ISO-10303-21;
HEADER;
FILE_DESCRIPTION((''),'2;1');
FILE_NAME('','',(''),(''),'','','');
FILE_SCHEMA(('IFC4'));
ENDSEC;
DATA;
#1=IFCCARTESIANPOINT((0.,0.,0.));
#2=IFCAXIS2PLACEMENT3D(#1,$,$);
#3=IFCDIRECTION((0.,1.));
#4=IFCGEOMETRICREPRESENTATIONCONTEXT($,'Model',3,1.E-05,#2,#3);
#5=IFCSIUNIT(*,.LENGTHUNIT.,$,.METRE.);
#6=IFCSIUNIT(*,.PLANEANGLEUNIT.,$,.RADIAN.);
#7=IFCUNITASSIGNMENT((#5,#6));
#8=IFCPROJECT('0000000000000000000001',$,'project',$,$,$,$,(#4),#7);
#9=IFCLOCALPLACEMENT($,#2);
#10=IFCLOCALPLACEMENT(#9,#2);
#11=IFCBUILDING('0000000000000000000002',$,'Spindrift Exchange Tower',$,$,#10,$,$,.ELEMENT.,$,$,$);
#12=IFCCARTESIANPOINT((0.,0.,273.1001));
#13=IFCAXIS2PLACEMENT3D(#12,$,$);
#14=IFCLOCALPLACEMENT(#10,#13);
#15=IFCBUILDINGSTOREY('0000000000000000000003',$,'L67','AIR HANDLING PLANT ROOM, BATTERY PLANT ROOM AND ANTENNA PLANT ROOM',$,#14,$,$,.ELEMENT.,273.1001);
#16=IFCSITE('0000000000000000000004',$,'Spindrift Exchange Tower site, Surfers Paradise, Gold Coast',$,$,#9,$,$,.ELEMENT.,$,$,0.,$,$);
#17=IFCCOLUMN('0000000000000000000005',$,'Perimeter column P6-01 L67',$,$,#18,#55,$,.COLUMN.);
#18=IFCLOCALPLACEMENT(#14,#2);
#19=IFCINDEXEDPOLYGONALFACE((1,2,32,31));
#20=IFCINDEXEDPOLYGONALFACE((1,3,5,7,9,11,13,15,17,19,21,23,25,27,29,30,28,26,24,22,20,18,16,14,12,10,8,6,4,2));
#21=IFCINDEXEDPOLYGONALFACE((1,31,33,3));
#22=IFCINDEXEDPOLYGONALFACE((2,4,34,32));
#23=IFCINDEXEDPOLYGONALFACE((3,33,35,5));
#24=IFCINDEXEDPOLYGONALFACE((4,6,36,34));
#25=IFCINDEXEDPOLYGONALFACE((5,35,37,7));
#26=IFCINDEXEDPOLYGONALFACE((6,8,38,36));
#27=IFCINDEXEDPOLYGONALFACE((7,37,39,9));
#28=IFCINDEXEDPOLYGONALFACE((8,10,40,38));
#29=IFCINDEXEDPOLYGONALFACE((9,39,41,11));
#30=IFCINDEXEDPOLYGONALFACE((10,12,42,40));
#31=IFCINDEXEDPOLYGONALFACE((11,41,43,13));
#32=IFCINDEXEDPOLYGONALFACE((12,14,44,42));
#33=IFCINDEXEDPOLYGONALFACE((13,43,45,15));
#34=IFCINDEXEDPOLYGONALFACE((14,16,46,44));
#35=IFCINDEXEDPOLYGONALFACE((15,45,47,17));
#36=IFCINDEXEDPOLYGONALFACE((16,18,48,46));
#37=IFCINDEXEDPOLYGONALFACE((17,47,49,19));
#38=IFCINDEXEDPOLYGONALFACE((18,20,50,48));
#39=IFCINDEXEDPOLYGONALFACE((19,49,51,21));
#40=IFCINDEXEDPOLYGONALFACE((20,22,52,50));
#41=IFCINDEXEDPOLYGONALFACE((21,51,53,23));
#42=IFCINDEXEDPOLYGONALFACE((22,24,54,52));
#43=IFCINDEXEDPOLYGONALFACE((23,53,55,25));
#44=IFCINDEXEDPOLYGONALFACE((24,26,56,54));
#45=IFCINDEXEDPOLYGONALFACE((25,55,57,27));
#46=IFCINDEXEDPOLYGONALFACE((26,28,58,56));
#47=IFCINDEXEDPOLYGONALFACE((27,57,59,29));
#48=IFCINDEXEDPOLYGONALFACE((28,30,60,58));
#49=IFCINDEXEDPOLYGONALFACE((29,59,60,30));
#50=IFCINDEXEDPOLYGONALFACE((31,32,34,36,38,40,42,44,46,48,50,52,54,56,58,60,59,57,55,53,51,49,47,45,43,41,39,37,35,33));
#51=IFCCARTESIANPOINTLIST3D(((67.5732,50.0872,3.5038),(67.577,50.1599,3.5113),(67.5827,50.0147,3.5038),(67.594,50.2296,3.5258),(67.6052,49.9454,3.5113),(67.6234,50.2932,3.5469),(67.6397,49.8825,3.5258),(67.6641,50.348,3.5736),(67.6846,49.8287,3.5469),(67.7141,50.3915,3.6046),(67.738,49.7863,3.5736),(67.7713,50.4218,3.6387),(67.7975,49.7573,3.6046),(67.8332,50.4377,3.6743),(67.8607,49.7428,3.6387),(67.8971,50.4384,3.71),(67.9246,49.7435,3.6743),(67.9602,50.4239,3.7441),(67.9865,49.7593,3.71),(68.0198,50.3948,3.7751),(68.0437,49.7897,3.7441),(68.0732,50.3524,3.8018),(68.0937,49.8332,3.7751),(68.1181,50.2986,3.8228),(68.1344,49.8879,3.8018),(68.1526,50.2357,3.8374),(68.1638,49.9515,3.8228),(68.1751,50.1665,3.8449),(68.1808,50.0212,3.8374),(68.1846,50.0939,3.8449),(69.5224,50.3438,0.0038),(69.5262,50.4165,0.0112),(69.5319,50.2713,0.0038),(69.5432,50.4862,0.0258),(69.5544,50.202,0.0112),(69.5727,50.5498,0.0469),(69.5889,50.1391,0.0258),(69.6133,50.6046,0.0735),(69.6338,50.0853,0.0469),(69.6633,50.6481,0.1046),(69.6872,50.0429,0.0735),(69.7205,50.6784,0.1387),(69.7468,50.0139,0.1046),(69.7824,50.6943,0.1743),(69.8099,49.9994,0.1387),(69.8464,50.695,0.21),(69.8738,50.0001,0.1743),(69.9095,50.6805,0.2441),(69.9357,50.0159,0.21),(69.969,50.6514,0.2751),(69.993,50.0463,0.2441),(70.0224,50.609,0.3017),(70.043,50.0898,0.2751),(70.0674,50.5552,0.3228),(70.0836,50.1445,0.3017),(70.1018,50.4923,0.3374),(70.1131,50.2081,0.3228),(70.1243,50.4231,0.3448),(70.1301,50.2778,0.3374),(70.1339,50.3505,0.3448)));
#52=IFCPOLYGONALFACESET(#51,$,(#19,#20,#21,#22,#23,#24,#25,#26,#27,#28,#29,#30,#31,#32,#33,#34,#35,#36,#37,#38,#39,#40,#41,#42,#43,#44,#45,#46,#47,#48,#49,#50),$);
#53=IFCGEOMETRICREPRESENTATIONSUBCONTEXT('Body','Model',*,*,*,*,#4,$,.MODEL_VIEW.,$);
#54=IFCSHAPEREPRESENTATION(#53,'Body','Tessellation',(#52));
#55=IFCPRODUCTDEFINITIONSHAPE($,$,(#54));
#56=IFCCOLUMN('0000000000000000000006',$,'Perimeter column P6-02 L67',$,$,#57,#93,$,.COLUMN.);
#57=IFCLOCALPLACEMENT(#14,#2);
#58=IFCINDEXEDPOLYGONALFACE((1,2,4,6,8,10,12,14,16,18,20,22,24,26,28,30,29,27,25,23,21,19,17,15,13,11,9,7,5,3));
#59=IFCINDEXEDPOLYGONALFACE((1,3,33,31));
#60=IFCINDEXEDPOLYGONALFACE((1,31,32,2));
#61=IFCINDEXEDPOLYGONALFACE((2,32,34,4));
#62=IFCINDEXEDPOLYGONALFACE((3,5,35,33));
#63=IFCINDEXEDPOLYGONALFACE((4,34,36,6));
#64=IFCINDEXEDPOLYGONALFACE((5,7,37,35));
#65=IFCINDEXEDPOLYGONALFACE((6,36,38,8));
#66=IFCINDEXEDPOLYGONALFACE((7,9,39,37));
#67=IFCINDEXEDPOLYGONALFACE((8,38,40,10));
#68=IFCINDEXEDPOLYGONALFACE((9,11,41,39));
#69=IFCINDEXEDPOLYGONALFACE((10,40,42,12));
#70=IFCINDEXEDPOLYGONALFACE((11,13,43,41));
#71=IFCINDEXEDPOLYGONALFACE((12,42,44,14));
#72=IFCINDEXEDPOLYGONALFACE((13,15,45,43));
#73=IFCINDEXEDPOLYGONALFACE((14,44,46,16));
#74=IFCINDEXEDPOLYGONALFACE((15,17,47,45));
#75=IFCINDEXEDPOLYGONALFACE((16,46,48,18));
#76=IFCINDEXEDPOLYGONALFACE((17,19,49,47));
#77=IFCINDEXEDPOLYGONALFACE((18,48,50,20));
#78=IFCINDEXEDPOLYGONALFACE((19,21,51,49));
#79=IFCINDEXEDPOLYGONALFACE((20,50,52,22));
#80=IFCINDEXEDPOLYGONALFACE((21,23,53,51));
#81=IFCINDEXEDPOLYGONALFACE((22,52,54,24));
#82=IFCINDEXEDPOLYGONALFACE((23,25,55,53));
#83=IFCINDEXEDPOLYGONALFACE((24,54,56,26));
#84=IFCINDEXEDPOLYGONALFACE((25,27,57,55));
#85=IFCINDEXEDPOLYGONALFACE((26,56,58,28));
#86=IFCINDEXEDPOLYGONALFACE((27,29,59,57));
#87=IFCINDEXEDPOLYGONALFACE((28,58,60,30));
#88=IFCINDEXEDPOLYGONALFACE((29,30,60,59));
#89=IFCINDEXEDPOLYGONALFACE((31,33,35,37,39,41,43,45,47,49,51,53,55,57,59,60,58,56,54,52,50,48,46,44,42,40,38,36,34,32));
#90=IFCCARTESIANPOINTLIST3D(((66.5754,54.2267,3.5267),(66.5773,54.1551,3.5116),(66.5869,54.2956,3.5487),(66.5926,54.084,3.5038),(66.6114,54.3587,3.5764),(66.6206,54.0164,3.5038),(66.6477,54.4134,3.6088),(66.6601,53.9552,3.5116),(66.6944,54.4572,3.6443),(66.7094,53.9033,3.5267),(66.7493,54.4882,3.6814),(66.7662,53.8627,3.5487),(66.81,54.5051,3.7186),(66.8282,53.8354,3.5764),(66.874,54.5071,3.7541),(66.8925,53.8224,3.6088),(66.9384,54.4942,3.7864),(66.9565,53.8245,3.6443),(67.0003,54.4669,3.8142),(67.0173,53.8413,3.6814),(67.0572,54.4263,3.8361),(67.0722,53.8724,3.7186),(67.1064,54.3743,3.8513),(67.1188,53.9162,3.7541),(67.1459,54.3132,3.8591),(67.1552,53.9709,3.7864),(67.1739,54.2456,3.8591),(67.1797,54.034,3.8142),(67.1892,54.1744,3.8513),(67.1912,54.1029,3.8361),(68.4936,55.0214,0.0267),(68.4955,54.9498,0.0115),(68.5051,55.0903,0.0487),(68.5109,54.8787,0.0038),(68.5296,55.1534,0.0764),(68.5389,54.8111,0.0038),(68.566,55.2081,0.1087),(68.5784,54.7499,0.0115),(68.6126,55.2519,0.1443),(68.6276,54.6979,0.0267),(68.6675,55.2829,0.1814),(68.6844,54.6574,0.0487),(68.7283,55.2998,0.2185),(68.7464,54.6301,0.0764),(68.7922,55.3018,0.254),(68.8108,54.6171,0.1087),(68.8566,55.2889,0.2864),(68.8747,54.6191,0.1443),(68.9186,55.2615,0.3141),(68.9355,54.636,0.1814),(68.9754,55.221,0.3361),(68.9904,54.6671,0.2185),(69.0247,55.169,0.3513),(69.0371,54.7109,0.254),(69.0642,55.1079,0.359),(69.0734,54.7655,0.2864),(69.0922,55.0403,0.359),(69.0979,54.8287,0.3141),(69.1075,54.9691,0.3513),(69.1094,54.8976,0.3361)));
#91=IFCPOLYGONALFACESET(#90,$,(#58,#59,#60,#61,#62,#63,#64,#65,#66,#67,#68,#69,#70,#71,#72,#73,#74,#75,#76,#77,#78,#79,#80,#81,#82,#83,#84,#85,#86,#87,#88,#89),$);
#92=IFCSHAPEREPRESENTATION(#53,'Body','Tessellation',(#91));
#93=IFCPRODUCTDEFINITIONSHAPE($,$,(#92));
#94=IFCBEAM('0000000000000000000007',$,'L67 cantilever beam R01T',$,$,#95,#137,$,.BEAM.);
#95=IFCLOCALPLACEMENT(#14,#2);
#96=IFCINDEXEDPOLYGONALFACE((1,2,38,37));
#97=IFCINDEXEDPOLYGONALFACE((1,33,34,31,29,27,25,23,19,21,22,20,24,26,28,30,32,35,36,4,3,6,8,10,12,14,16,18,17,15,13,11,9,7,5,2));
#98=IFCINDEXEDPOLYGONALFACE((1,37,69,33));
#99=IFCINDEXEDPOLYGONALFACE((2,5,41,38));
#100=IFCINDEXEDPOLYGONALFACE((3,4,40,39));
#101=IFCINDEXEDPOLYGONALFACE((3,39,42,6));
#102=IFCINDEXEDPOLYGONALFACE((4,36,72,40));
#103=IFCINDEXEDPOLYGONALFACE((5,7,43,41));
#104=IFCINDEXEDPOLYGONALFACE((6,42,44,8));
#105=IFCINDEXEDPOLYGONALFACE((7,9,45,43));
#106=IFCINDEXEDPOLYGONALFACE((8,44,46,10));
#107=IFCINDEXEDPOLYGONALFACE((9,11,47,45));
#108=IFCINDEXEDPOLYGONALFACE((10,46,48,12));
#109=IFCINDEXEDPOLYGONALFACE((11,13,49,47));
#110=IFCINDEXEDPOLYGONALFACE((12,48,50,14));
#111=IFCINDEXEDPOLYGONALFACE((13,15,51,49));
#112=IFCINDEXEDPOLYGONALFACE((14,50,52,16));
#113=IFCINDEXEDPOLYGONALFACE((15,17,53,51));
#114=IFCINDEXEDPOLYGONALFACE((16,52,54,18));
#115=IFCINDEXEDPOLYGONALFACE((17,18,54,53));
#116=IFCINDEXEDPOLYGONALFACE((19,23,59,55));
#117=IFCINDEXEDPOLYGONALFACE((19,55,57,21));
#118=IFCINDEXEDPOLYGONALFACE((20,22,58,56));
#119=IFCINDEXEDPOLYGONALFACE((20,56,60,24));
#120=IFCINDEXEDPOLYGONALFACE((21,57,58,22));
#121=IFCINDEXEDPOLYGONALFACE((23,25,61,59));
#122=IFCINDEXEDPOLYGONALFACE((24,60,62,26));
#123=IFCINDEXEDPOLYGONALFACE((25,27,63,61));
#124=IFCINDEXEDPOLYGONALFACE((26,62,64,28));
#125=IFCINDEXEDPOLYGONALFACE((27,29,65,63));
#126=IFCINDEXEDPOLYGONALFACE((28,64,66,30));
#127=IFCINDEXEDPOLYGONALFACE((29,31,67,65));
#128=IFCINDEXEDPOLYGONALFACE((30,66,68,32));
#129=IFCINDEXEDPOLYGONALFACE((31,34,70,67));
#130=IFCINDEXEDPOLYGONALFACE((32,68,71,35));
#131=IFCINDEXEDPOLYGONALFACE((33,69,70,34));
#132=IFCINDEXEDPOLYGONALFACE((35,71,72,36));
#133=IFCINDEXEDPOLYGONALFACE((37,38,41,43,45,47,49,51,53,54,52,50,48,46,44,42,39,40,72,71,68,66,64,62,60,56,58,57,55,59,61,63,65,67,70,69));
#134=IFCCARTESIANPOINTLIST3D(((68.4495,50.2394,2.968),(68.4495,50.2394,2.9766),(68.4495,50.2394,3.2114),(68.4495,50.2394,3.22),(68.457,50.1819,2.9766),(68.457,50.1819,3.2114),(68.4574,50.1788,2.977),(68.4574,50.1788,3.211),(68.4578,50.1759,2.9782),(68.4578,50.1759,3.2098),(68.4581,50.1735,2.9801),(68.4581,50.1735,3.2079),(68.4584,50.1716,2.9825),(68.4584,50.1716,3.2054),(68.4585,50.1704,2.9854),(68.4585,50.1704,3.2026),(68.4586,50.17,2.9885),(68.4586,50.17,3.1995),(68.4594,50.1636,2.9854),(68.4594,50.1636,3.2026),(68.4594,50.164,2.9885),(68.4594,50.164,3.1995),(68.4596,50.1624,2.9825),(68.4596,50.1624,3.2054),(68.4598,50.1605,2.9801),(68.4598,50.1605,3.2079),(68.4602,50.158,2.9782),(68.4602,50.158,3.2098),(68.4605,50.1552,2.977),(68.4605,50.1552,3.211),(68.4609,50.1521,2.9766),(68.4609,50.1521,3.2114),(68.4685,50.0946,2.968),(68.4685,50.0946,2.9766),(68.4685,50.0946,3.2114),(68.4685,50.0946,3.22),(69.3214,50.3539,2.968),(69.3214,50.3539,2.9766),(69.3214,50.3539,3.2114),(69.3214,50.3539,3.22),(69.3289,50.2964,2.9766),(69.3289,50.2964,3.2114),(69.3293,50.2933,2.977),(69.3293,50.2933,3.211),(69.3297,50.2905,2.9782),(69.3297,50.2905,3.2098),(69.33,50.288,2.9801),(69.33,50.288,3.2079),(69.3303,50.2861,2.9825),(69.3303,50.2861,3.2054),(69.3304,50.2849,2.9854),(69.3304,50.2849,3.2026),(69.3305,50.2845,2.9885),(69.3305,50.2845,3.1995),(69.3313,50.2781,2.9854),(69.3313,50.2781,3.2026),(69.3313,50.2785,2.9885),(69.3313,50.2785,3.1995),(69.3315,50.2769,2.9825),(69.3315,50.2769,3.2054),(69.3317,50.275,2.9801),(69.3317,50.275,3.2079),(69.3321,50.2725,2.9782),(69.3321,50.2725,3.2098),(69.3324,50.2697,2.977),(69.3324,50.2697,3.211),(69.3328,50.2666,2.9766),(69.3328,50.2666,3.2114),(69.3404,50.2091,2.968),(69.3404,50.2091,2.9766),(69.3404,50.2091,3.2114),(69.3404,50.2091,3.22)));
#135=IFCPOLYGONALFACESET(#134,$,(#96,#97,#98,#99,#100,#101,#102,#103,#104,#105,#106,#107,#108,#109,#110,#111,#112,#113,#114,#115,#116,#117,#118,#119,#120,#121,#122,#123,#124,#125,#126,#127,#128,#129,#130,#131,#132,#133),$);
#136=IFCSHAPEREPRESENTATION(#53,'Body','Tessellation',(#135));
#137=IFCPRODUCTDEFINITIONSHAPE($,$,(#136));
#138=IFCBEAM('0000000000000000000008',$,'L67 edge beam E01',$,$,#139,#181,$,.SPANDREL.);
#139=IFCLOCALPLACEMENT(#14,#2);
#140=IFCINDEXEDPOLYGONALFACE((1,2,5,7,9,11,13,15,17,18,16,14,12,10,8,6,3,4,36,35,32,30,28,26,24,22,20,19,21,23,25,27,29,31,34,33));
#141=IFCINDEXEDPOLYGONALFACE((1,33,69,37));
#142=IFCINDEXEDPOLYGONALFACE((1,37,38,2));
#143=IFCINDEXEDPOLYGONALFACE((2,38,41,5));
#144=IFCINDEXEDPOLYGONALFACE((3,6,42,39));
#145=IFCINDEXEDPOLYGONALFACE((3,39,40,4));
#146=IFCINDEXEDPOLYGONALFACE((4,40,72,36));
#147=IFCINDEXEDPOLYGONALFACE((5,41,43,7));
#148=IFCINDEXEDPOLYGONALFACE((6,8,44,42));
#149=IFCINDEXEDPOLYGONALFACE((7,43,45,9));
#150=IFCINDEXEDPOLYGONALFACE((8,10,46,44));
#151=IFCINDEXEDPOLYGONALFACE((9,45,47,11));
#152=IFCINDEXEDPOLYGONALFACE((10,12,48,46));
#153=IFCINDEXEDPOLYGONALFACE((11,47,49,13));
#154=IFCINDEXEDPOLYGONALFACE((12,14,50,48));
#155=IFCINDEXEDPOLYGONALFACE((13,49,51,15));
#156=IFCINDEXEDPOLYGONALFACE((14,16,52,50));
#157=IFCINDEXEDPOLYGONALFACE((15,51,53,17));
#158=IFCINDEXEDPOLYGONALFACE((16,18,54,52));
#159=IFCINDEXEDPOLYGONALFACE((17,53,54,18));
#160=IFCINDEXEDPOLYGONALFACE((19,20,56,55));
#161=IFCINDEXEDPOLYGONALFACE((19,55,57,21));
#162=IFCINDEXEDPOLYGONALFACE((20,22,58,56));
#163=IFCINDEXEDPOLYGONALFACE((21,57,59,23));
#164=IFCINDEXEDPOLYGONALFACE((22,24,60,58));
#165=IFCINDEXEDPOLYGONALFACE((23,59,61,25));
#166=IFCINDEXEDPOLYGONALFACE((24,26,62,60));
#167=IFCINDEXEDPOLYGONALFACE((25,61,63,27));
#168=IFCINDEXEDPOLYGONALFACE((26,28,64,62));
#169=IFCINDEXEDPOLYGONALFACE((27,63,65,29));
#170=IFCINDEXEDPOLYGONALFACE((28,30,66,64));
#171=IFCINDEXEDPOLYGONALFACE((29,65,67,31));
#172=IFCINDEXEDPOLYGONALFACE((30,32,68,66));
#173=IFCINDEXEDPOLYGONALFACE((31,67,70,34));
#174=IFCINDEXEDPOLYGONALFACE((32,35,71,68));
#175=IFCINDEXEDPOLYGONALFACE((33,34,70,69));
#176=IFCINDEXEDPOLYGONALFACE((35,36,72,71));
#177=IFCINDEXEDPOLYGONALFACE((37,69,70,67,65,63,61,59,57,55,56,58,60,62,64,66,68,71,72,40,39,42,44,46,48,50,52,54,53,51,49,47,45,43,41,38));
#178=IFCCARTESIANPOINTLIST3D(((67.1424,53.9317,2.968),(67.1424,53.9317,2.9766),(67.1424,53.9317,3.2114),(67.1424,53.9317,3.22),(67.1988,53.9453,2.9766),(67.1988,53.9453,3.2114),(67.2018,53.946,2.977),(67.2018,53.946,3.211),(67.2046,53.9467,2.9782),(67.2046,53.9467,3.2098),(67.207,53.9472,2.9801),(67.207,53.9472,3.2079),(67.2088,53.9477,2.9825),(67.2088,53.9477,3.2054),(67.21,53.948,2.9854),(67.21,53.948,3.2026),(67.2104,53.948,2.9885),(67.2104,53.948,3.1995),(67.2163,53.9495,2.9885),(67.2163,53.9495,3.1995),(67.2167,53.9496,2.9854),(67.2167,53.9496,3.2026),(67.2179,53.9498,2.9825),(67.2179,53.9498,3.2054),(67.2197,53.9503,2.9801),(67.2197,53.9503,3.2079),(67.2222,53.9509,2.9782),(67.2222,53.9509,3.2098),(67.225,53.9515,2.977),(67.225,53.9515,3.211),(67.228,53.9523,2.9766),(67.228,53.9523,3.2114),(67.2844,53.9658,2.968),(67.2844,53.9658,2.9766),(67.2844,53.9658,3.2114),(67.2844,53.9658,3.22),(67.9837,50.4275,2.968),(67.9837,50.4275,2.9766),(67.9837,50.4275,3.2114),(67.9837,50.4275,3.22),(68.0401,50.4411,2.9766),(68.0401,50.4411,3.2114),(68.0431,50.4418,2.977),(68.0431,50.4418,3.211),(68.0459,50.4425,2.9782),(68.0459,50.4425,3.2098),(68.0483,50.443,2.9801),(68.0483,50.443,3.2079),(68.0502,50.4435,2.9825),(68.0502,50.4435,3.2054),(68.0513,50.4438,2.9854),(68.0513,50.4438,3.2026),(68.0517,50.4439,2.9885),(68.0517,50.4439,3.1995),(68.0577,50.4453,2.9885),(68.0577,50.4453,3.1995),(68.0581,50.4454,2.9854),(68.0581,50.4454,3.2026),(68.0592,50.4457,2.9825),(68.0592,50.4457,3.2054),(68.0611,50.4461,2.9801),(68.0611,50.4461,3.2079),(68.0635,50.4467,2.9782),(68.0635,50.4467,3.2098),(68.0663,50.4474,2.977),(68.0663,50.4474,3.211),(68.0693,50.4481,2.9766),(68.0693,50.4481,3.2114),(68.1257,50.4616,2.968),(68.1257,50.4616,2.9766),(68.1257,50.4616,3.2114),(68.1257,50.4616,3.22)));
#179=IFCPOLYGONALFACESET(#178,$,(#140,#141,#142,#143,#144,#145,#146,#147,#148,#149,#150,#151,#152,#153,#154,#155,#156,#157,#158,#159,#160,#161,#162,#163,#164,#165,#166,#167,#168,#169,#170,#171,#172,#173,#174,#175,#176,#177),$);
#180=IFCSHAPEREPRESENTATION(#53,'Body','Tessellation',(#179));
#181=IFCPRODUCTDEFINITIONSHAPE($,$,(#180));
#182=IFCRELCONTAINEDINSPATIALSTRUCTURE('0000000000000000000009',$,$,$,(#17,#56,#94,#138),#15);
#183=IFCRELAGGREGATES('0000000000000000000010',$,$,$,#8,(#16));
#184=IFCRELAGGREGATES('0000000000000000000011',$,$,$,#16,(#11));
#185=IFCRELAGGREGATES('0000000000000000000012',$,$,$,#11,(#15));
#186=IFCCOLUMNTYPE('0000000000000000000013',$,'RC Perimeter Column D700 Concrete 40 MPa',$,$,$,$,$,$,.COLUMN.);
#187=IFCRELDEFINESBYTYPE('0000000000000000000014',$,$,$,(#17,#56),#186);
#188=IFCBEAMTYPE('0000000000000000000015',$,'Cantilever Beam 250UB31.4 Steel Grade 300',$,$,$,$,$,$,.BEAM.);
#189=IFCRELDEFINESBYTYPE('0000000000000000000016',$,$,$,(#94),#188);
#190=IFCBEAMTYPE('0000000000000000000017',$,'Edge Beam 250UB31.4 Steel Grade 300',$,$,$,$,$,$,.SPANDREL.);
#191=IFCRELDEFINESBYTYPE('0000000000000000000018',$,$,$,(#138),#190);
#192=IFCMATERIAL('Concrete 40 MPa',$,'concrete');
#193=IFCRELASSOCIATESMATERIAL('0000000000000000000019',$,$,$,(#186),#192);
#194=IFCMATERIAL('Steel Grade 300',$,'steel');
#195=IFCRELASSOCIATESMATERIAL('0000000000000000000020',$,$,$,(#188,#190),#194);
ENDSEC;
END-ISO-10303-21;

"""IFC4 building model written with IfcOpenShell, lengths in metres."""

from ifc_helpers import new_model, si_unit, direction, frame, origin, origin_2d, place, context, subcontext, project, spatial, circle, i_section, extrude, source, transform, mapped, material, material_profile, profile_set, type_object, element, save


model = new_model("IFC4")

# Units and contexts
model_context = context("Model", 3, precision=1e-05, world=origin(), true_north=direction((0.0, 1.0)))
body_context = subcontext(model_context, "Body", "Model", "MODEL_VIEW")
ifc_project = project(units=[si_unit("LENGTHUNIT", "METRE"), si_unit("PLANEANGLEUNIT", "RADIAN")], contexts=[model_context])

# Site, building, storey
site_placement = place(None, origin())
site = spatial("IfcSite", under=ifc_project, at=site_placement, Name="Spindrift Exchange Tower site, Surfers Paradise, Gold Coast", CompositionType="ELEMENT", RefElevation=0.0)
building_placement = place(site_placement, origin())
building = spatial("IfcBuilding", under=site, at=building_placement, Name="Spindrift Exchange Tower", CompositionType="ELEMENT")
storey_placement = place(building_placement, frame((0.0, 0.0, 273.1001)))
storey = spatial("IfcBuildingStorey", under=building, at=storey_placement, Name="L67", Description="AIR HANDLING PLANT ROOM, BATTERY PLANT ROOM AND ANTENNA PLANT ROOM", CompositionType="ELEMENT", Elevation=273.1001)

# Columns
ifc_material_1 = material(Name="Concrete 40 MPa", Category="concrete")
ifc_material_profile_1 = material_profile(ifc_material_1, circle(Radius=0.3501, at=origin_2d()), Name="RC D700")
ifc_profile_set_1 = profile_set([ifc_material_profile_1], Name="Concrete 40 MPa")
column_type = type_object("IfcColumnType", Name="RC Perimeter Column D700 Concrete 40 MPa", PredefinedType="COLUMN", material=ifc_profile_set_1)
shared_shape_1 = source(origin(), body_context, "Body", "SweptSolid", [
    extrude(circle(Radius=0.3501, at=origin_2d()), origin(), (0.0, 0.0, 1.0), 4.0144),
])
column_1_placement = place(storey_placement, frame((69.8281, 50.3472, 0.1743), z_axis=(-0.485558, -0.063918, 0.871864), x_axis=(0.130512, -0.991447, 0.0)))
element("IfcColumn", 1, at=column_1_placement, inside=storey, type_object=column_type, Name="Perimeter column P6-01 L67", PredefinedType="COLUMN", context=body_context, shape_type="MappedRepresentation", body=[
    mapped(shared_shape_1, transform((0.0, 0.0, 0.0), scale=1.0)),
])
shared_shape_2 = source(origin(), body_context, "Body", "SweptSolid", [
    extrude(circle(Radius=0.3501, at=origin_2d()), origin(), (0.0, 0.0, 1.0), 4.0696),
])
column_2_placement = place(storey_placement, frame((68.8015, 54.9595, 0.1814), z_axis=(-0.47136, -0.195275, 0.860051), x_axis=(0.382736, -0.923858, 0.0)))
element("IfcColumn", 2, at=column_2_placement, inside=storey, type_object=column_type, Name="Perimeter column P6-02 L67", PredefinedType="COLUMN", context=body_context, shape_type="MappedRepresentation", body=[
    mapped(shared_shape_2, transform((0.0, 0.0, 0.0), scale=1.0)),
])

# Beams
ifc_material_2 = material(Name="Steel Grade 300", Category="steel")
ifc_material_profile_2 = material_profile(ifc_material_2, i_section(OverallWidth=0.146, OverallDepth=0.252, WebThickness=0.0061, FlangeThickness=0.0085, FilletRadius=0.012, at=origin_2d()), Name="250UB31.4")
ifc_profile_set_2 = profile_set([ifc_material_profile_2], Name="Steel Grade 300")
beam_type_1 = type_object("IfcBeamType", Name="Cantilever Beam 250UB31.4 Steel Grade 300", PredefinedType="BEAM", material=ifc_profile_set_2)
shared_shape_3 = source(origin(), body_context, "Body", "SweptSolid", [
    extrude(i_section(OverallWidth=0.146, OverallDepth=0.252, WebThickness=0.0061, FlangeThickness=0.0085, FilletRadius=0.012, at=origin_2d()), origin(), (0.0, 0.0, 1.0), 0.8794),
])
beam_1_placement = place(storey_placement, frame((68.459, 50.167, 3.094), z_axis=(0.991485, 0.130217, 0.0), x_axis=(-0.130217, 0.991485, 0.0)))
element("IfcBeam", 3, at=beam_1_placement, inside=storey, type_object=beam_type_1, Name="L67 cantilever beam R01T", PredefinedType="BEAM", context=body_context, shape_type="MappedRepresentation", body=[
    mapped(shared_shape_3, transform((0.0, 0.0, 0.0), scale=1.0)),
])
ifc_material_profile_3 = material_profile(ifc_material_2, i_section(OverallWidth=0.146, OverallDepth=0.252, WebThickness=0.0061, FlangeThickness=0.0085, FilletRadius=0.012, at=origin_2d()), Name="250UB31.4")
ifc_profile_set_3 = profile_set([ifc_material_profile_3], Name="Steel Grade 300")
beam_type_2 = type_object("IfcBeamType", Name="Edge Beam 250UB31.4 Steel Grade 300", PredefinedType="SPANDREL", material=ifc_profile_set_3)
shared_shape_4 = source(origin(), body_context, "Body", "SweptSolid", [
    extrude(i_section(OverallWidth=0.146, OverallDepth=0.252, WebThickness=0.0061, FlangeThickness=0.0085, FilletRadius=0.012, at=origin_2d()), origin(), (0.0, 0.0, 1.0), 3.6038),
])
beam_2_placement = place(storey_placement, frame((68.0547, 50.4446, 3.094), z_axis=(-0.233455, 0.972368, 0.0), x_axis=(-0.972368, -0.233455, 0.0)))
element("IfcBeam", 4, at=beam_2_placement, inside=storey, type_object=beam_type_2, Name="L67 edge beam E01", PredefinedType="SPANDREL", context=body_context, shape_type="MappedRepresentation", body=[
    mapped(shared_shape_4, transform((0.0, 0.0, 0.0), scale=1.0)),
])

save(model, "model.ifc")
